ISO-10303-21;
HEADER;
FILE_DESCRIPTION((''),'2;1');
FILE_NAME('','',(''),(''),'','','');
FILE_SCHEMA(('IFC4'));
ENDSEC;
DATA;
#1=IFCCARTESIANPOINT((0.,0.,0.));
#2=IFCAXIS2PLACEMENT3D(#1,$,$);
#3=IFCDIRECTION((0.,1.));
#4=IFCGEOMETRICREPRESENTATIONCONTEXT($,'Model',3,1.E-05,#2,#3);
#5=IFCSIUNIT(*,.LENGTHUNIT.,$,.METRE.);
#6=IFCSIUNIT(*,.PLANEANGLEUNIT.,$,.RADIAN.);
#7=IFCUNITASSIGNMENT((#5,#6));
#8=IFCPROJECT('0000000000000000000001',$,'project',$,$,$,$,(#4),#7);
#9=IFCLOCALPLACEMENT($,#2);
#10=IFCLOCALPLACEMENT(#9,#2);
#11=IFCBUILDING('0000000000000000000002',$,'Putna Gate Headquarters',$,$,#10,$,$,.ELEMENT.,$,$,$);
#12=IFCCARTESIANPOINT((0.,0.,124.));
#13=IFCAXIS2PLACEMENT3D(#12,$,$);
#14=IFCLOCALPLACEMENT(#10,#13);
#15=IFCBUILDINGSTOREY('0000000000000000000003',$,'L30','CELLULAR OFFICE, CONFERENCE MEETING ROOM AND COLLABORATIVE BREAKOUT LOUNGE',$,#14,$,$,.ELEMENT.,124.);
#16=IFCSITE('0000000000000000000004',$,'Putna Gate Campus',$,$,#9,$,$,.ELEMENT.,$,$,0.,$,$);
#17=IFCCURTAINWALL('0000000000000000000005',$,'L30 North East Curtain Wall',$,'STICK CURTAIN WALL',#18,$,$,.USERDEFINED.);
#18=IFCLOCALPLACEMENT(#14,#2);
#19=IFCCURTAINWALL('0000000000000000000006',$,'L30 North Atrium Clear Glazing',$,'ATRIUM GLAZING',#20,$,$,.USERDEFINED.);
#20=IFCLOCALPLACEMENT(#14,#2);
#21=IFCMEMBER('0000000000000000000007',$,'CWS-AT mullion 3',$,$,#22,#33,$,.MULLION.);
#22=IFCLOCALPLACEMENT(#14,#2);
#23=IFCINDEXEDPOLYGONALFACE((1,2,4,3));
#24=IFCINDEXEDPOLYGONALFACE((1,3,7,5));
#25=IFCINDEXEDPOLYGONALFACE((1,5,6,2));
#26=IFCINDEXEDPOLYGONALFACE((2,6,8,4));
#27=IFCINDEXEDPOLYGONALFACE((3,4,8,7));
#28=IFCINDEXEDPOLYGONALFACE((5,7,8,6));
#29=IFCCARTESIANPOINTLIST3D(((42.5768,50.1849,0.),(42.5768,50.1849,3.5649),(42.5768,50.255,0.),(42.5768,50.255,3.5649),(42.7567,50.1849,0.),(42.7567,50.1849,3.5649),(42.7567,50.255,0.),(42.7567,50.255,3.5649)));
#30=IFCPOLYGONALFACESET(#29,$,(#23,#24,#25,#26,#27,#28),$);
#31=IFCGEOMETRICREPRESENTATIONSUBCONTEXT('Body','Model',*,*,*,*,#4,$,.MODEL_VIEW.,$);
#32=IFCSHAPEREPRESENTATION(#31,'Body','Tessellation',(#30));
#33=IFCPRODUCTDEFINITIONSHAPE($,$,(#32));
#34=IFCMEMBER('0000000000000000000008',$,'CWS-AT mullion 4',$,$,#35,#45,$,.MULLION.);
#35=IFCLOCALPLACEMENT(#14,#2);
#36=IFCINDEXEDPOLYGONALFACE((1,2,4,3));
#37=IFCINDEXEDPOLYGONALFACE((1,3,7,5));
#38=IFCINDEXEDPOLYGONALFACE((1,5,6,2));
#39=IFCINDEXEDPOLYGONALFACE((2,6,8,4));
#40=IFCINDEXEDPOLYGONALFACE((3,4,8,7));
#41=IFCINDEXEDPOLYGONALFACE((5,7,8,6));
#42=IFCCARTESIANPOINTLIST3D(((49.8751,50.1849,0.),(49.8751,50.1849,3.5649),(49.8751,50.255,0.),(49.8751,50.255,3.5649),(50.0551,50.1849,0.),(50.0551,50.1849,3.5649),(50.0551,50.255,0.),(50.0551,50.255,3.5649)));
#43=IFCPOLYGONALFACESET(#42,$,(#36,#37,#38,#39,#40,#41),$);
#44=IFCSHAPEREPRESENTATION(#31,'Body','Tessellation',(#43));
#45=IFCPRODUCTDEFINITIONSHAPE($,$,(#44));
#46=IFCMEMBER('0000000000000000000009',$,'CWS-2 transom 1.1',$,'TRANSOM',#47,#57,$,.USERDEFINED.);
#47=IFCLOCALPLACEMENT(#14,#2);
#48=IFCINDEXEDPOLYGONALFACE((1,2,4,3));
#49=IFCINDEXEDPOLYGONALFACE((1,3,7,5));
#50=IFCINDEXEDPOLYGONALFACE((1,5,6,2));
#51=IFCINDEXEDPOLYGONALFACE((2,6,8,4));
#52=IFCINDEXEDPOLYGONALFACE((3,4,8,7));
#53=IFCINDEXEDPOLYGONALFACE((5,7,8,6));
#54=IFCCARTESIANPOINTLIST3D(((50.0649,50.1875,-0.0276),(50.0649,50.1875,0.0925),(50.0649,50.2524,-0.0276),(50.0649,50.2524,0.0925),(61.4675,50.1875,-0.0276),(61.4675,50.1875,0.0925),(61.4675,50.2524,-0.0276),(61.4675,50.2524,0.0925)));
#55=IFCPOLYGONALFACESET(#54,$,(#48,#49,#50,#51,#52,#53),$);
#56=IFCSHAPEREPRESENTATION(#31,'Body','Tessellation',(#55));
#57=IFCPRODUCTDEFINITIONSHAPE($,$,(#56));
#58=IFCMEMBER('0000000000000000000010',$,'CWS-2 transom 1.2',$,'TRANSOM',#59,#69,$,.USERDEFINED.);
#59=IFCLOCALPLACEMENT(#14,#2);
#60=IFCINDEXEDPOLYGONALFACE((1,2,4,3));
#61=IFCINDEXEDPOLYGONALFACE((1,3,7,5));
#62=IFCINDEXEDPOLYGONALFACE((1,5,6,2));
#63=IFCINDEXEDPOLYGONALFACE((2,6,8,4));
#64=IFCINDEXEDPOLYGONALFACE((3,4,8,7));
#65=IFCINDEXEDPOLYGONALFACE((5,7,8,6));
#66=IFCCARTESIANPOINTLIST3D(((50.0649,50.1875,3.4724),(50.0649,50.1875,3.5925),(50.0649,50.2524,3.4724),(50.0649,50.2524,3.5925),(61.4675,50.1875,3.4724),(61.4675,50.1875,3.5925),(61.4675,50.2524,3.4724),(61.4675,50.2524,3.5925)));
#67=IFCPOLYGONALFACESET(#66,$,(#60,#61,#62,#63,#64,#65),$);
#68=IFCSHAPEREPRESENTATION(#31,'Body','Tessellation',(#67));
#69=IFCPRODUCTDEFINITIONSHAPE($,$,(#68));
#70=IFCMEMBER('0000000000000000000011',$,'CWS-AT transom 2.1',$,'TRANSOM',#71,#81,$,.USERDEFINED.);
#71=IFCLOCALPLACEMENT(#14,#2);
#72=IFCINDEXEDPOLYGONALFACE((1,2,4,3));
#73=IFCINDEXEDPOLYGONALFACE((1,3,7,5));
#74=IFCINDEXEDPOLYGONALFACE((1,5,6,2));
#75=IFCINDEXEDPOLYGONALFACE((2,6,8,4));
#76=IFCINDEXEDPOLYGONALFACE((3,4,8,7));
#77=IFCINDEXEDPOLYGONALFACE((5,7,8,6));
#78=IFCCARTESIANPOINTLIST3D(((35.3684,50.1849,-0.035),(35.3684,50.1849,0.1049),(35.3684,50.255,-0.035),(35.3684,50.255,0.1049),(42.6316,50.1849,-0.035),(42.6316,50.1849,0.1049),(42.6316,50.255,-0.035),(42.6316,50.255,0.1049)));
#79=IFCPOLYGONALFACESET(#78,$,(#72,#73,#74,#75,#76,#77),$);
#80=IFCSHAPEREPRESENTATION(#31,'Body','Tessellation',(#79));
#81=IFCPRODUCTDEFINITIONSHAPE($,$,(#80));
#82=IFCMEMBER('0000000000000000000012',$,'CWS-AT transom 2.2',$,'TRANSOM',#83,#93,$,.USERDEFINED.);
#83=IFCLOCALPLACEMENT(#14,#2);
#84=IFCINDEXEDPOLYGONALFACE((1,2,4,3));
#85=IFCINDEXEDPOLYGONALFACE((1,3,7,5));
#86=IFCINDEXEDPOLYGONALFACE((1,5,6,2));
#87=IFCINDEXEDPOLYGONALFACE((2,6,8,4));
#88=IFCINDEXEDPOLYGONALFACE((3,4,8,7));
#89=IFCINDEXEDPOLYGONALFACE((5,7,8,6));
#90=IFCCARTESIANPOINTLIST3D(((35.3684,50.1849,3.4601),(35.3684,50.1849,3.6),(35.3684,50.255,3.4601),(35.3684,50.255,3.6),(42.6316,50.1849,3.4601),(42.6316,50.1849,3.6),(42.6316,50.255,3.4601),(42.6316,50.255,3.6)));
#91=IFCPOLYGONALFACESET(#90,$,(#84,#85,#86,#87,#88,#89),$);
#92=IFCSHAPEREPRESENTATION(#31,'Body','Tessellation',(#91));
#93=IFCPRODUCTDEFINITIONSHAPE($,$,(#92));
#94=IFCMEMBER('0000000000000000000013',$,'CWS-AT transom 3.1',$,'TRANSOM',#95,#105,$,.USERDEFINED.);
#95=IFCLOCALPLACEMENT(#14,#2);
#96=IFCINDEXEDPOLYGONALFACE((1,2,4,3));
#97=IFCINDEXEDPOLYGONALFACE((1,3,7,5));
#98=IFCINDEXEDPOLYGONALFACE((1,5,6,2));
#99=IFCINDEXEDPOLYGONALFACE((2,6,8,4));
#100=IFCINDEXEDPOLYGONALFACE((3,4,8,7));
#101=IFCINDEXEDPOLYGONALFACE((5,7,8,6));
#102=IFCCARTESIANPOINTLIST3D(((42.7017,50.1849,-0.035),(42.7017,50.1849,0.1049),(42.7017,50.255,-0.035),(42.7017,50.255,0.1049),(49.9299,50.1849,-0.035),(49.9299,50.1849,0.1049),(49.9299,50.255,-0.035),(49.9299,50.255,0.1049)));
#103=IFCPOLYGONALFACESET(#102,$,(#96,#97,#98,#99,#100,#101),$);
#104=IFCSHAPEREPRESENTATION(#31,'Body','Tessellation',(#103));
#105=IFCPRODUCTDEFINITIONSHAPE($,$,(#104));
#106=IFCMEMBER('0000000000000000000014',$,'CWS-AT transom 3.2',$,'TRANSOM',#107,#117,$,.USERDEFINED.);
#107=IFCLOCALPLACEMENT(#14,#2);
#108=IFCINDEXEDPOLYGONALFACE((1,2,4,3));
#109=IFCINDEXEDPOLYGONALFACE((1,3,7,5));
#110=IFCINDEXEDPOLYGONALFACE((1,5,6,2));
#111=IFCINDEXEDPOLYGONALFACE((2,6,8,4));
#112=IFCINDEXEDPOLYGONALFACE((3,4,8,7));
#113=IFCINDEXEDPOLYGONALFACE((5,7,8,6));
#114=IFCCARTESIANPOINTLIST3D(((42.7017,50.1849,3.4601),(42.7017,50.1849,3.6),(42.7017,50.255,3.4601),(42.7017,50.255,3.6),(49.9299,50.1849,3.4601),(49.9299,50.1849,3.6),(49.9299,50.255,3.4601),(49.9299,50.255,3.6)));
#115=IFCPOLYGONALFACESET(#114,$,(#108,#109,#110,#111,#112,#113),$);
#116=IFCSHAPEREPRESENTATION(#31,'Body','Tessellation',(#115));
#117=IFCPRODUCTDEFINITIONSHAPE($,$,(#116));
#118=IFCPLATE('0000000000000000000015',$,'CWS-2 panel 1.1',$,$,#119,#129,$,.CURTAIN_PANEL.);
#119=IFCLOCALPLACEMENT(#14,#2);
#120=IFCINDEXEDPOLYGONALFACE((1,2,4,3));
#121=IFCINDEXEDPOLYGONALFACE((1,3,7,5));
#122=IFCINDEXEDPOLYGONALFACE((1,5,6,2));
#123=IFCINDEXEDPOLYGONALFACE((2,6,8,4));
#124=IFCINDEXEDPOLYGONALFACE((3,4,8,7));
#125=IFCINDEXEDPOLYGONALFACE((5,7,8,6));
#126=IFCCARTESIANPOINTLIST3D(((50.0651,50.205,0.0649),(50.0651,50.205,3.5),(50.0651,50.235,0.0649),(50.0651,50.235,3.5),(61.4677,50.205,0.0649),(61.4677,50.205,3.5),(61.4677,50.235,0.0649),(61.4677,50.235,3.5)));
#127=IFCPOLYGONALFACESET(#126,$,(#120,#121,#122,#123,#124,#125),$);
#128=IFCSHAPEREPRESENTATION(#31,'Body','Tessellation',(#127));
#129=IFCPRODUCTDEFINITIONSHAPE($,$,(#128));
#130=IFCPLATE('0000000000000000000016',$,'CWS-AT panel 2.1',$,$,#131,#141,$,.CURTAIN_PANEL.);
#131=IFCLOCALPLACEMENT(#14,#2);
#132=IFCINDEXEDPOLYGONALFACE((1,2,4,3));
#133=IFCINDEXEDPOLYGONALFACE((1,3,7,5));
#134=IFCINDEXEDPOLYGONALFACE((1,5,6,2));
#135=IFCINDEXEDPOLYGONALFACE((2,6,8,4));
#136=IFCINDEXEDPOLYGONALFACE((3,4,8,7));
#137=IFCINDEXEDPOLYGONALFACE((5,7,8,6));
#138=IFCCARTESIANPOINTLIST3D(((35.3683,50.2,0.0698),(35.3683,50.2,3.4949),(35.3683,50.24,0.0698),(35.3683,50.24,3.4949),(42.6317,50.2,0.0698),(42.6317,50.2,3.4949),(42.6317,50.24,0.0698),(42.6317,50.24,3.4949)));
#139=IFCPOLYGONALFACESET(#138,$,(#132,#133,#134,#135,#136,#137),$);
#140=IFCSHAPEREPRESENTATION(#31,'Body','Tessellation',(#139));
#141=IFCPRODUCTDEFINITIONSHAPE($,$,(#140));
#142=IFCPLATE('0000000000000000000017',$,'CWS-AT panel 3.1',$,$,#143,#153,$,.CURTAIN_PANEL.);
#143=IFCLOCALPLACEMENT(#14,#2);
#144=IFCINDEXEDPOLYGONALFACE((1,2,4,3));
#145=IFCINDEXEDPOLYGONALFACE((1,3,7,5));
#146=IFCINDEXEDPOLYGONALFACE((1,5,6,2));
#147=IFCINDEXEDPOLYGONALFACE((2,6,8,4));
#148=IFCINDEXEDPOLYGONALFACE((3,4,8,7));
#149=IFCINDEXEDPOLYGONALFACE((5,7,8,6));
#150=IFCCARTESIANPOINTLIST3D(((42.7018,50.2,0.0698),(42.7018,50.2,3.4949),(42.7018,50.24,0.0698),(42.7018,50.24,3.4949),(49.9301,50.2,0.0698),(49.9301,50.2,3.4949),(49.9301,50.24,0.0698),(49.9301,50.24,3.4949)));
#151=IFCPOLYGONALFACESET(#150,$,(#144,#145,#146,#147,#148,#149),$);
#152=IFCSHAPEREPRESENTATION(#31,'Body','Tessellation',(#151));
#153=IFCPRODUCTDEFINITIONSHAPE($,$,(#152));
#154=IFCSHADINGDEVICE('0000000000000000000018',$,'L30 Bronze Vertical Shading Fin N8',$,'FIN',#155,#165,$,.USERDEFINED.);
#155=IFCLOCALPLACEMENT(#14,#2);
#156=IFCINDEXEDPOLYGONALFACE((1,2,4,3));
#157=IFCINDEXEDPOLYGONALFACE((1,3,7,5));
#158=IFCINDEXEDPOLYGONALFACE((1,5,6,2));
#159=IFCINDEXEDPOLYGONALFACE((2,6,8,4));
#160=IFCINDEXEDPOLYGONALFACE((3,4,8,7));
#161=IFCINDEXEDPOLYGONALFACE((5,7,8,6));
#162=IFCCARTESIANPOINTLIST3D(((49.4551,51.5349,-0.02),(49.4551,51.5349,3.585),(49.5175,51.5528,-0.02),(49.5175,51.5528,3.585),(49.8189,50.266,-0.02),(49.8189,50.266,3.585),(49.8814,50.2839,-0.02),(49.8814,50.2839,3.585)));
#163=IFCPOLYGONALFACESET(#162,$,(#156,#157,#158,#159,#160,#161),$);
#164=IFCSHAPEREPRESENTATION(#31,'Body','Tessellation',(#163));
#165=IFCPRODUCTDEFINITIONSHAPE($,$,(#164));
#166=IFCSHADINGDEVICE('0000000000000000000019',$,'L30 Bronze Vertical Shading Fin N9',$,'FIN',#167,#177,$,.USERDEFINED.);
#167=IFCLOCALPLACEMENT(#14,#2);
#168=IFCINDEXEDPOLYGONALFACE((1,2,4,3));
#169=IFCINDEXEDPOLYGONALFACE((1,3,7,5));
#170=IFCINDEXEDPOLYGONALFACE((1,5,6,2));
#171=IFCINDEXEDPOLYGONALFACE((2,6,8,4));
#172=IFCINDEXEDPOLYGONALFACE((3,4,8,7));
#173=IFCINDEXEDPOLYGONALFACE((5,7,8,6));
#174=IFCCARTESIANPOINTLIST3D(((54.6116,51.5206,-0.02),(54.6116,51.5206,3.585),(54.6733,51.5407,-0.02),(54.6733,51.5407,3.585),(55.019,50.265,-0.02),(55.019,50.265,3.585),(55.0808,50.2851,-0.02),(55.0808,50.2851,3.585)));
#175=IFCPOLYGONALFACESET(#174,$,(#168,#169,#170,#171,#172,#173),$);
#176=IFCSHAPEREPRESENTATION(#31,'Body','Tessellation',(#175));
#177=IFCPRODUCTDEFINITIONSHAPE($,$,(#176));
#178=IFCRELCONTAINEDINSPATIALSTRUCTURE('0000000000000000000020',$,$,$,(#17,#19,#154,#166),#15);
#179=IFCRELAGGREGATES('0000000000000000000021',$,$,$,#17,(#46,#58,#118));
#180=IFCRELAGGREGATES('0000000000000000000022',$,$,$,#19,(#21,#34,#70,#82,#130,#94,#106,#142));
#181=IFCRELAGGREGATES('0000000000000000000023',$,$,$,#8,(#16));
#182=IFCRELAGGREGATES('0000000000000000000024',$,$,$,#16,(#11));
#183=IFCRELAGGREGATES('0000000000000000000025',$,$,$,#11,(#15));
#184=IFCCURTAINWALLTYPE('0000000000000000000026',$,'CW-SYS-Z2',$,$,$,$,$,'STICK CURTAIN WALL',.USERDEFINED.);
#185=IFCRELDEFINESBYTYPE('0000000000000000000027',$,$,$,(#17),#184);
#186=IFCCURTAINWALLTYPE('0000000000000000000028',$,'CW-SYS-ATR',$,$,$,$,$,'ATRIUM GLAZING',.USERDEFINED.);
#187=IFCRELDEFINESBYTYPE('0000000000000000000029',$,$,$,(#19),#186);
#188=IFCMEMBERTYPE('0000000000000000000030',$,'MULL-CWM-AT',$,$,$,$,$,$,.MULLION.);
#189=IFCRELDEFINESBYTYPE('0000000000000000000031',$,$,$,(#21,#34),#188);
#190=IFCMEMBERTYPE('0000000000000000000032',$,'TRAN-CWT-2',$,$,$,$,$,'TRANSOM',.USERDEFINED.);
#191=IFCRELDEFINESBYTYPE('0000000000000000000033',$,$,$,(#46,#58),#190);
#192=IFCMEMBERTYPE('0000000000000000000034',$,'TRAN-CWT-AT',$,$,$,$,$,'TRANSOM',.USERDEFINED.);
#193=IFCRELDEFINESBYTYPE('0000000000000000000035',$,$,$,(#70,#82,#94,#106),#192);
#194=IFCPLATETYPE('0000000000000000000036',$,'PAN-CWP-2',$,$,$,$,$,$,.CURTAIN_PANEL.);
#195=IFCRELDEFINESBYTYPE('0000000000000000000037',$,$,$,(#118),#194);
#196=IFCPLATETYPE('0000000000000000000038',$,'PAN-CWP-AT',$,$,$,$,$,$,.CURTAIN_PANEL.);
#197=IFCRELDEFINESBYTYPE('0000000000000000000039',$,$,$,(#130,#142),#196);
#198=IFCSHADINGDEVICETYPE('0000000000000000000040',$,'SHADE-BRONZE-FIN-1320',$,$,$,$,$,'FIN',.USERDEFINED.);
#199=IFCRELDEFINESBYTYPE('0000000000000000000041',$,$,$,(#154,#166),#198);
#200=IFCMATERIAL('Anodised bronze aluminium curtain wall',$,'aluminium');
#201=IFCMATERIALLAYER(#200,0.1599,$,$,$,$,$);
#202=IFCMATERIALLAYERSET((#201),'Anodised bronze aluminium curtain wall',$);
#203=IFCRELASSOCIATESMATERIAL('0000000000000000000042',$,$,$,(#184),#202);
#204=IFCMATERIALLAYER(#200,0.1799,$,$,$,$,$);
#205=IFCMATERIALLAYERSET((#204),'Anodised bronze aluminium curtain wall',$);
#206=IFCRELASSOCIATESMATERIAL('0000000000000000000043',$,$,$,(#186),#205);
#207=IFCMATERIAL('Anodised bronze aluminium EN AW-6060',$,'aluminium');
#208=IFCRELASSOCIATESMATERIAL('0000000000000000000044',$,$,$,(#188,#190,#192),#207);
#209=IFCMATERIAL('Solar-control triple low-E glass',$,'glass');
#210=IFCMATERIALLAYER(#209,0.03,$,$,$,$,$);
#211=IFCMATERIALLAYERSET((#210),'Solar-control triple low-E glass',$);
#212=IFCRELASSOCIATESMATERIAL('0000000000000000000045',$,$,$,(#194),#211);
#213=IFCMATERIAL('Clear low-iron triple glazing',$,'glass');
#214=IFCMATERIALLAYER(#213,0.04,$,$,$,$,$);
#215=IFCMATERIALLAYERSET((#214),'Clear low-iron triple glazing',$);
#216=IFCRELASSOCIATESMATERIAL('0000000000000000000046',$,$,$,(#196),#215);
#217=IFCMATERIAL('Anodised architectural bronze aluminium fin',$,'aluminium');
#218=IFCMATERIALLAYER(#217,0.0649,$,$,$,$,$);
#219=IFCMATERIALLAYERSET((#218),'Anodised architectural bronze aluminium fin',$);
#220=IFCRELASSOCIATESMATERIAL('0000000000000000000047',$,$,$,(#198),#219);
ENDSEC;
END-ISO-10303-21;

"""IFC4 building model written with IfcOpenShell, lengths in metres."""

from ifc_helpers import new_model, si_unit, direction, frame, origin, origin_2d, place, context, subcontext, project, spatial, rectangle, extrude, material, layer, layer_set, material_profile, profile_set, type_object, element, aggregate, save


model = new_model("IFC4")

# Units and contexts
model_context = context("Model", 3, precision=1e-05, world=origin(), true_north=direction((0.0, 1.0)))
body_context = subcontext(model_context, "Body", "Model", "MODEL_VIEW")
ifc_project = project(units=[si_unit("LENGTHUNIT", "METRE"), si_unit("PLANEANGLEUNIT", "RADIAN")], contexts=[model_context])

# Site, building, storey
site_placement = place(None, origin())
site = spatial("IfcSite", under=ifc_project, at=site_placement, Name="Putna Gate Campus", CompositionType="ELEMENT", RefElevation=0.0)
building_placement = place(site_placement, origin())
building = spatial("IfcBuilding", under=site, at=building_placement, Name="Putna Gate Headquarters", CompositionType="ELEMENT")
storey_placement = place(building_placement, frame((0.0, 0.0, 124.0)))
storey = spatial("IfcBuildingStorey", under=building, at=storey_placement, Name="L30", Description="CELLULAR OFFICE, CONFERENCE MEETING ROOM AND COLLABORATIVE BREAKOUT LOUNGE", CompositionType="ELEMENT", Elevation=124.0)

# Curtain wall
ifc_material_1 = material(Name="Anodised bronze aluminium curtain wall", Category="aluminium")
ifc_layer_1 = layer(ifc_material_1, 0.1599)
ifc_layer_set_1 = layer_set([ifc_layer_1], Name="Anodised bronze aluminium curtain wall")
curtain_wall_type_1 = type_object("IfcCurtainWallType", Name="CW-SYS-Z2", ElementType="STICK CURTAIN WALL", PredefinedType="USERDEFINED", material=ifc_layer_set_1)
curtain_wall_1_placement = place(storey_placement, origin())
curtain_wall_1 = element("IfcCurtainWall", 1, at=curtain_wall_1_placement, inside=storey, type_object=curtain_wall_type_1, Name="L30 North East Curtain Wall", ObjectType="STICK CURTAIN WALL", PredefinedType="USERDEFINED")
ifc_material_2 = material(Name="Anodised bronze aluminium EN AW-6060", Category="aluminium")

# Curtain wall, members
ifc_layer_2 = layer(ifc_material_1, 0.1799)
ifc_layer_set_2 = layer_set([ifc_layer_2], Name="Anodised bronze aluminium curtain wall")
curtain_wall_type_2 = type_object("IfcCurtainWallType", Name="CW-SYS-ATR", ElementType="ATRIUM GLAZING", PredefinedType="USERDEFINED", material=ifc_layer_set_2)
curtain_wall_2_placement = place(storey_placement, origin())
curtain_wall_2 = element("IfcCurtainWall", 2, at=curtain_wall_2_placement, inside=storey, type_object=curtain_wall_type_2, Name="L30 North Atrium Clear Glazing", ObjectType="ATRIUM GLAZING", PredefinedType="USERDEFINED")
ifc_material_profile_1 = material_profile(ifc_material_2, rectangle(XDim=0.0701, YDim=0.1799, at=origin_2d()), Name="Anodised bronze aluminium EN AW-6060")
ifc_profile_set_1 = profile_set([ifc_material_profile_1], Name="Anodised bronze aluminium EN AW-6060")
member_type_1 = type_object("IfcMemberType", Name="MULL-CWM-AT", PredefinedType="MULLION", material=ifc_profile_set_1)
member_1_placement = place(storey_placement, frame((42.6667, 50.22, 0.0), z_axis=(0.0, 0.0, 1.0), x_axis=(0.0, 1.0, 0.0)))
member_1 = element("IfcMember", 3, at=member_1_placement, type_object=member_type_1, Name="CWS-AT mullion 3", PredefinedType="MULLION", context=body_context, shape_type="SweptSolid", body=[
    extrude(rectangle(XDim=0.0701, YDim=0.1799, at=origin_2d()), origin(), (0.0, 0.0, 1.0), 3.5649),
])
member_2_placement = place(storey_placement, frame((49.9651, 50.22, 0.0), z_axis=(0.0, 0.0, 1.0), x_axis=(0.0, 1.0, 0.0)))
member_2 = element("IfcMember", 4, at=member_2_placement, type_object=member_type_1, Name="CWS-AT mullion 4", PredefinedType="MULLION", context=body_context, shape_type="SweptSolid", body=[
    extrude(rectangle(XDim=0.0701, YDim=0.1799, at=origin_2d()), origin(), (0.0, 0.0, 1.0), 3.5649),
])

# Members
ifc_material_profile_2 = material_profile(ifc_material_2, rectangle(XDim=0.0649, YDim=0.1201, at=origin_2d()), Name="Anodised bronze aluminium EN AW-6060")
ifc_profile_set_2 = profile_set([ifc_material_profile_2], Name="Anodised bronze aluminium EN AW-6060")
member_type_2 = type_object("IfcMemberType", Name="TRAN-CWT-2", ElementType="TRANSOM", PredefinedType="USERDEFINED", material=ifc_profile_set_2)
member_3_placement = place(storey_placement, frame((50.0649, 50.22, 0.0325), z_axis=(1.0, 0.0, 0.0), x_axis=(0.0, 1.0, 0.0)))
member_3 = element("IfcMember", 5, at=member_3_placement, type_object=member_type_2, Name="CWS-2 transom 1.1", ObjectType="TRANSOM", PredefinedType="USERDEFINED", context=body_context, shape_type="SweptSolid", body=[
    extrude(rectangle(XDim=0.0649, YDim=0.1201, at=origin_2d()), origin(), (0.0, 0.0, 1.0), 11.4026),
])
member_4_placement = place(storey_placement, frame((50.0649, 50.22, 3.5325), z_axis=(1.0, 0.0, 0.0), x_axis=(0.0, 1.0, 0.0)))
member_4 = element("IfcMember", 6, at=member_4_placement, type_object=member_type_2, Name="CWS-2 transom 1.2", ObjectType="TRANSOM", PredefinedType="USERDEFINED", context=body_context, shape_type="SweptSolid", body=[
    extrude(rectangle(XDim=0.0649, YDim=0.1201, at=origin_2d()), origin(), (0.0, 0.0, 1.0), 11.4026),
])
ifc_material_profile_3 = material_profile(ifc_material_2, rectangle(XDim=0.0701, YDim=0.1399, at=origin_2d()), Name="Anodised bronze aluminium EN AW-6060")
ifc_profile_set_3 = profile_set([ifc_material_profile_3], Name="Anodised bronze aluminium EN AW-6060")
member_type_3 = type_object("IfcMemberType", Name="TRAN-CWT-AT", ElementType="TRANSOM", PredefinedType="USERDEFINED", material=ifc_profile_set_3)
member_5_placement = place(storey_placement, frame((35.3684, 50.22, 0.0349), z_axis=(1.0, 0.0, 0.0), x_axis=(0.0, 1.0, 0.0)))
member_5 = element("IfcMember", 7, at=member_5_placement, type_object=member_type_3, Name="CWS-AT transom 2.1", ObjectType="TRANSOM", PredefinedType="USERDEFINED", context=body_context, shape_type="SweptSolid", body=[
    extrude(rectangle(XDim=0.0701, YDim=0.1399, at=origin_2d()), origin(), (0.0, 0.0, 1.0), 7.2632),
])
member_6_placement = place(storey_placement, frame((35.3684, 50.22, 3.53), z_axis=(1.0, 0.0, 0.0), x_axis=(0.0, 1.0, 0.0)))
member_6 = element("IfcMember", 8, at=member_6_placement, type_object=member_type_3, Name="CWS-AT transom 2.2", ObjectType="TRANSOM", PredefinedType="USERDEFINED", context=body_context, shape_type="SweptSolid", body=[
    extrude(rectangle(XDim=0.0701, YDim=0.1399, at=origin_2d()), origin(), (0.0, 0.0, 1.0), 7.2632),
])
member_7_placement = place(storey_placement, frame((42.7017, 50.22, 0.0349), z_axis=(1.0, 0.0, 0.0), x_axis=(0.0, 1.0, 0.0)))
member_7 = element("IfcMember", 9, at=member_7_placement, type_object=member_type_3, Name="CWS-AT transom 3.1", ObjectType="TRANSOM", PredefinedType="USERDEFINED", context=body_context, shape_type="SweptSolid", body=[
    extrude(rectangle(XDim=0.0701, YDim=0.1399, at=origin_2d()), origin(), (0.0, 0.0, 1.0), 7.2283),
])
member_8_placement = place(storey_placement, frame((42.7017, 50.22, 3.53), z_axis=(1.0, 0.0, 0.0), x_axis=(0.0, 1.0, 0.0)))
member_8 = element("IfcMember", 10, at=member_8_placement, type_object=member_type_3, Name="CWS-AT transom 3.2", ObjectType="TRANSOM", PredefinedType="USERDEFINED", context=body_context, shape_type="SweptSolid", body=[
    extrude(rectangle(XDim=0.0701, YDim=0.1399, at=origin_2d()), origin(), (0.0, 0.0, 1.0), 7.2283),
])

# Plates
ifc_material_3 = material(Name="Solar-control triple low-E glass", Category="glass")
ifc_layer_3 = layer(ifc_material_3, 0.03)
ifc_layer_set_3 = layer_set([ifc_layer_3], Name="Solar-control triple low-E glass")
plate_type_1 = type_object("IfcPlateType", Name="PAN-CWP-2", PredefinedType="CURTAIN_PANEL", material=ifc_layer_set_3)
plate_1_placement = place(storey_placement, frame((55.7664, 50.22, 0.0649), z_axis=(0.0, 0.0, 1.0), x_axis=(1.0, 0.0, 0.0)))
plate_1 = element("IfcPlate", 11, at=plate_1_placement, type_object=plate_type_1, Name="CWS-2 panel 1.1", PredefinedType="CURTAIN_PANEL", context=body_context, shape_type="SweptSolid", body=[
    extrude(rectangle(XDim=11.4026, YDim=0.03, at=origin_2d()), origin(), (0.0, 0.0, 1.0), 3.4351),
])
aggregate(curtain_wall_1, [member_3, member_4, plate_1])
ifc_material_4 = material(Name="Clear low-iron triple glazing", Category="glass")
ifc_layer_4 = layer(ifc_material_4, 0.04)
ifc_layer_set_4 = layer_set([ifc_layer_4], Name="Clear low-iron triple glazing")
plate_type_2 = type_object("IfcPlateType", Name="PAN-CWP-AT", PredefinedType="CURTAIN_PANEL", material=ifc_layer_set_4)
plate_2_placement = place(storey_placement, frame((39.0, 50.22, 0.0698), z_axis=(0.0, 0.0, 1.0), x_axis=(1.0, 0.0, 0.0)))
plate_2 = element("IfcPlate", 12, at=plate_2_placement, type_object=plate_type_2, Name="CWS-AT panel 2.1", PredefinedType="CURTAIN_PANEL", context=body_context, shape_type="SweptSolid", body=[
    extrude(rectangle(XDim=7.2634, YDim=0.04, at=origin_2d()), origin(), (0.0, 0.0, 1.0), 3.425),
])
plate_3_placement = place(storey_placement, frame((46.3159, 50.22, 0.0698), z_axis=(0.0, 0.0, 1.0), x_axis=(1.0, 0.0, 0.0)))
plate_3 = element("IfcPlate", 13, at=plate_3_placement, type_object=plate_type_2, Name="CWS-AT panel 3.1", PredefinedType="CURTAIN_PANEL", context=body_context, shape_type="SweptSolid", body=[
    extrude(rectangle(XDim=7.2283, YDim=0.04, at=origin_2d()), origin(), (0.0, 0.0, 1.0), 3.425),
])
aggregate(curtain_wall_2, [member_1, member_2, member_5, member_6, plate_2, member_7, member_8, plate_3])

# Shading devices
ifc_material_5 = material(Name="Anodised architectural bronze aluminium fin", Category="aluminium")
ifc_layer_5 = layer(ifc_material_5, 0.0649)
ifc_layer_set_5 = layer_set([ifc_layer_5], Name="Anodised architectural bronze aluminium fin")
shading_device_type = type_object("IfcShadingDeviceType", Name="SHADE-BRONZE-FIN-1320", ElementType="FIN", PredefinedType="USERDEFINED", material=ifc_layer_set_5)
for number, where, z_axis, x_axis, name in (
    (14, (49.6682, 50.9094, -0.02), (0.0, 0.0, 1.0), (-0.275637, 0.961262, 0.0), "L30 Bronze Vertical Shading Fin N8"),
    (15, (54.8462, 50.9028, -0.02), (0.0, 0.0, 1.0), (-0.308685, 0.951164, 0.0), "L30 Bronze Vertical Shading Fin N9"),
):
    element("IfcShadingDevice", number, at=place(storey_placement, frame(where, z_axis=z_axis, x_axis=x_axis)), inside=storey, type_object=shading_device_type, Name=name, ObjectType="FIN", PredefinedType="USERDEFINED", context=body_context, shape_type="SweptSolid", body=[
        extrude(rectangle(XDim=1.3201, YDim=0.0649, at=origin_2d()), origin(), (0.0, 0.0, 1.0), 3.605),
    ])

save(model, "model.ifc")
